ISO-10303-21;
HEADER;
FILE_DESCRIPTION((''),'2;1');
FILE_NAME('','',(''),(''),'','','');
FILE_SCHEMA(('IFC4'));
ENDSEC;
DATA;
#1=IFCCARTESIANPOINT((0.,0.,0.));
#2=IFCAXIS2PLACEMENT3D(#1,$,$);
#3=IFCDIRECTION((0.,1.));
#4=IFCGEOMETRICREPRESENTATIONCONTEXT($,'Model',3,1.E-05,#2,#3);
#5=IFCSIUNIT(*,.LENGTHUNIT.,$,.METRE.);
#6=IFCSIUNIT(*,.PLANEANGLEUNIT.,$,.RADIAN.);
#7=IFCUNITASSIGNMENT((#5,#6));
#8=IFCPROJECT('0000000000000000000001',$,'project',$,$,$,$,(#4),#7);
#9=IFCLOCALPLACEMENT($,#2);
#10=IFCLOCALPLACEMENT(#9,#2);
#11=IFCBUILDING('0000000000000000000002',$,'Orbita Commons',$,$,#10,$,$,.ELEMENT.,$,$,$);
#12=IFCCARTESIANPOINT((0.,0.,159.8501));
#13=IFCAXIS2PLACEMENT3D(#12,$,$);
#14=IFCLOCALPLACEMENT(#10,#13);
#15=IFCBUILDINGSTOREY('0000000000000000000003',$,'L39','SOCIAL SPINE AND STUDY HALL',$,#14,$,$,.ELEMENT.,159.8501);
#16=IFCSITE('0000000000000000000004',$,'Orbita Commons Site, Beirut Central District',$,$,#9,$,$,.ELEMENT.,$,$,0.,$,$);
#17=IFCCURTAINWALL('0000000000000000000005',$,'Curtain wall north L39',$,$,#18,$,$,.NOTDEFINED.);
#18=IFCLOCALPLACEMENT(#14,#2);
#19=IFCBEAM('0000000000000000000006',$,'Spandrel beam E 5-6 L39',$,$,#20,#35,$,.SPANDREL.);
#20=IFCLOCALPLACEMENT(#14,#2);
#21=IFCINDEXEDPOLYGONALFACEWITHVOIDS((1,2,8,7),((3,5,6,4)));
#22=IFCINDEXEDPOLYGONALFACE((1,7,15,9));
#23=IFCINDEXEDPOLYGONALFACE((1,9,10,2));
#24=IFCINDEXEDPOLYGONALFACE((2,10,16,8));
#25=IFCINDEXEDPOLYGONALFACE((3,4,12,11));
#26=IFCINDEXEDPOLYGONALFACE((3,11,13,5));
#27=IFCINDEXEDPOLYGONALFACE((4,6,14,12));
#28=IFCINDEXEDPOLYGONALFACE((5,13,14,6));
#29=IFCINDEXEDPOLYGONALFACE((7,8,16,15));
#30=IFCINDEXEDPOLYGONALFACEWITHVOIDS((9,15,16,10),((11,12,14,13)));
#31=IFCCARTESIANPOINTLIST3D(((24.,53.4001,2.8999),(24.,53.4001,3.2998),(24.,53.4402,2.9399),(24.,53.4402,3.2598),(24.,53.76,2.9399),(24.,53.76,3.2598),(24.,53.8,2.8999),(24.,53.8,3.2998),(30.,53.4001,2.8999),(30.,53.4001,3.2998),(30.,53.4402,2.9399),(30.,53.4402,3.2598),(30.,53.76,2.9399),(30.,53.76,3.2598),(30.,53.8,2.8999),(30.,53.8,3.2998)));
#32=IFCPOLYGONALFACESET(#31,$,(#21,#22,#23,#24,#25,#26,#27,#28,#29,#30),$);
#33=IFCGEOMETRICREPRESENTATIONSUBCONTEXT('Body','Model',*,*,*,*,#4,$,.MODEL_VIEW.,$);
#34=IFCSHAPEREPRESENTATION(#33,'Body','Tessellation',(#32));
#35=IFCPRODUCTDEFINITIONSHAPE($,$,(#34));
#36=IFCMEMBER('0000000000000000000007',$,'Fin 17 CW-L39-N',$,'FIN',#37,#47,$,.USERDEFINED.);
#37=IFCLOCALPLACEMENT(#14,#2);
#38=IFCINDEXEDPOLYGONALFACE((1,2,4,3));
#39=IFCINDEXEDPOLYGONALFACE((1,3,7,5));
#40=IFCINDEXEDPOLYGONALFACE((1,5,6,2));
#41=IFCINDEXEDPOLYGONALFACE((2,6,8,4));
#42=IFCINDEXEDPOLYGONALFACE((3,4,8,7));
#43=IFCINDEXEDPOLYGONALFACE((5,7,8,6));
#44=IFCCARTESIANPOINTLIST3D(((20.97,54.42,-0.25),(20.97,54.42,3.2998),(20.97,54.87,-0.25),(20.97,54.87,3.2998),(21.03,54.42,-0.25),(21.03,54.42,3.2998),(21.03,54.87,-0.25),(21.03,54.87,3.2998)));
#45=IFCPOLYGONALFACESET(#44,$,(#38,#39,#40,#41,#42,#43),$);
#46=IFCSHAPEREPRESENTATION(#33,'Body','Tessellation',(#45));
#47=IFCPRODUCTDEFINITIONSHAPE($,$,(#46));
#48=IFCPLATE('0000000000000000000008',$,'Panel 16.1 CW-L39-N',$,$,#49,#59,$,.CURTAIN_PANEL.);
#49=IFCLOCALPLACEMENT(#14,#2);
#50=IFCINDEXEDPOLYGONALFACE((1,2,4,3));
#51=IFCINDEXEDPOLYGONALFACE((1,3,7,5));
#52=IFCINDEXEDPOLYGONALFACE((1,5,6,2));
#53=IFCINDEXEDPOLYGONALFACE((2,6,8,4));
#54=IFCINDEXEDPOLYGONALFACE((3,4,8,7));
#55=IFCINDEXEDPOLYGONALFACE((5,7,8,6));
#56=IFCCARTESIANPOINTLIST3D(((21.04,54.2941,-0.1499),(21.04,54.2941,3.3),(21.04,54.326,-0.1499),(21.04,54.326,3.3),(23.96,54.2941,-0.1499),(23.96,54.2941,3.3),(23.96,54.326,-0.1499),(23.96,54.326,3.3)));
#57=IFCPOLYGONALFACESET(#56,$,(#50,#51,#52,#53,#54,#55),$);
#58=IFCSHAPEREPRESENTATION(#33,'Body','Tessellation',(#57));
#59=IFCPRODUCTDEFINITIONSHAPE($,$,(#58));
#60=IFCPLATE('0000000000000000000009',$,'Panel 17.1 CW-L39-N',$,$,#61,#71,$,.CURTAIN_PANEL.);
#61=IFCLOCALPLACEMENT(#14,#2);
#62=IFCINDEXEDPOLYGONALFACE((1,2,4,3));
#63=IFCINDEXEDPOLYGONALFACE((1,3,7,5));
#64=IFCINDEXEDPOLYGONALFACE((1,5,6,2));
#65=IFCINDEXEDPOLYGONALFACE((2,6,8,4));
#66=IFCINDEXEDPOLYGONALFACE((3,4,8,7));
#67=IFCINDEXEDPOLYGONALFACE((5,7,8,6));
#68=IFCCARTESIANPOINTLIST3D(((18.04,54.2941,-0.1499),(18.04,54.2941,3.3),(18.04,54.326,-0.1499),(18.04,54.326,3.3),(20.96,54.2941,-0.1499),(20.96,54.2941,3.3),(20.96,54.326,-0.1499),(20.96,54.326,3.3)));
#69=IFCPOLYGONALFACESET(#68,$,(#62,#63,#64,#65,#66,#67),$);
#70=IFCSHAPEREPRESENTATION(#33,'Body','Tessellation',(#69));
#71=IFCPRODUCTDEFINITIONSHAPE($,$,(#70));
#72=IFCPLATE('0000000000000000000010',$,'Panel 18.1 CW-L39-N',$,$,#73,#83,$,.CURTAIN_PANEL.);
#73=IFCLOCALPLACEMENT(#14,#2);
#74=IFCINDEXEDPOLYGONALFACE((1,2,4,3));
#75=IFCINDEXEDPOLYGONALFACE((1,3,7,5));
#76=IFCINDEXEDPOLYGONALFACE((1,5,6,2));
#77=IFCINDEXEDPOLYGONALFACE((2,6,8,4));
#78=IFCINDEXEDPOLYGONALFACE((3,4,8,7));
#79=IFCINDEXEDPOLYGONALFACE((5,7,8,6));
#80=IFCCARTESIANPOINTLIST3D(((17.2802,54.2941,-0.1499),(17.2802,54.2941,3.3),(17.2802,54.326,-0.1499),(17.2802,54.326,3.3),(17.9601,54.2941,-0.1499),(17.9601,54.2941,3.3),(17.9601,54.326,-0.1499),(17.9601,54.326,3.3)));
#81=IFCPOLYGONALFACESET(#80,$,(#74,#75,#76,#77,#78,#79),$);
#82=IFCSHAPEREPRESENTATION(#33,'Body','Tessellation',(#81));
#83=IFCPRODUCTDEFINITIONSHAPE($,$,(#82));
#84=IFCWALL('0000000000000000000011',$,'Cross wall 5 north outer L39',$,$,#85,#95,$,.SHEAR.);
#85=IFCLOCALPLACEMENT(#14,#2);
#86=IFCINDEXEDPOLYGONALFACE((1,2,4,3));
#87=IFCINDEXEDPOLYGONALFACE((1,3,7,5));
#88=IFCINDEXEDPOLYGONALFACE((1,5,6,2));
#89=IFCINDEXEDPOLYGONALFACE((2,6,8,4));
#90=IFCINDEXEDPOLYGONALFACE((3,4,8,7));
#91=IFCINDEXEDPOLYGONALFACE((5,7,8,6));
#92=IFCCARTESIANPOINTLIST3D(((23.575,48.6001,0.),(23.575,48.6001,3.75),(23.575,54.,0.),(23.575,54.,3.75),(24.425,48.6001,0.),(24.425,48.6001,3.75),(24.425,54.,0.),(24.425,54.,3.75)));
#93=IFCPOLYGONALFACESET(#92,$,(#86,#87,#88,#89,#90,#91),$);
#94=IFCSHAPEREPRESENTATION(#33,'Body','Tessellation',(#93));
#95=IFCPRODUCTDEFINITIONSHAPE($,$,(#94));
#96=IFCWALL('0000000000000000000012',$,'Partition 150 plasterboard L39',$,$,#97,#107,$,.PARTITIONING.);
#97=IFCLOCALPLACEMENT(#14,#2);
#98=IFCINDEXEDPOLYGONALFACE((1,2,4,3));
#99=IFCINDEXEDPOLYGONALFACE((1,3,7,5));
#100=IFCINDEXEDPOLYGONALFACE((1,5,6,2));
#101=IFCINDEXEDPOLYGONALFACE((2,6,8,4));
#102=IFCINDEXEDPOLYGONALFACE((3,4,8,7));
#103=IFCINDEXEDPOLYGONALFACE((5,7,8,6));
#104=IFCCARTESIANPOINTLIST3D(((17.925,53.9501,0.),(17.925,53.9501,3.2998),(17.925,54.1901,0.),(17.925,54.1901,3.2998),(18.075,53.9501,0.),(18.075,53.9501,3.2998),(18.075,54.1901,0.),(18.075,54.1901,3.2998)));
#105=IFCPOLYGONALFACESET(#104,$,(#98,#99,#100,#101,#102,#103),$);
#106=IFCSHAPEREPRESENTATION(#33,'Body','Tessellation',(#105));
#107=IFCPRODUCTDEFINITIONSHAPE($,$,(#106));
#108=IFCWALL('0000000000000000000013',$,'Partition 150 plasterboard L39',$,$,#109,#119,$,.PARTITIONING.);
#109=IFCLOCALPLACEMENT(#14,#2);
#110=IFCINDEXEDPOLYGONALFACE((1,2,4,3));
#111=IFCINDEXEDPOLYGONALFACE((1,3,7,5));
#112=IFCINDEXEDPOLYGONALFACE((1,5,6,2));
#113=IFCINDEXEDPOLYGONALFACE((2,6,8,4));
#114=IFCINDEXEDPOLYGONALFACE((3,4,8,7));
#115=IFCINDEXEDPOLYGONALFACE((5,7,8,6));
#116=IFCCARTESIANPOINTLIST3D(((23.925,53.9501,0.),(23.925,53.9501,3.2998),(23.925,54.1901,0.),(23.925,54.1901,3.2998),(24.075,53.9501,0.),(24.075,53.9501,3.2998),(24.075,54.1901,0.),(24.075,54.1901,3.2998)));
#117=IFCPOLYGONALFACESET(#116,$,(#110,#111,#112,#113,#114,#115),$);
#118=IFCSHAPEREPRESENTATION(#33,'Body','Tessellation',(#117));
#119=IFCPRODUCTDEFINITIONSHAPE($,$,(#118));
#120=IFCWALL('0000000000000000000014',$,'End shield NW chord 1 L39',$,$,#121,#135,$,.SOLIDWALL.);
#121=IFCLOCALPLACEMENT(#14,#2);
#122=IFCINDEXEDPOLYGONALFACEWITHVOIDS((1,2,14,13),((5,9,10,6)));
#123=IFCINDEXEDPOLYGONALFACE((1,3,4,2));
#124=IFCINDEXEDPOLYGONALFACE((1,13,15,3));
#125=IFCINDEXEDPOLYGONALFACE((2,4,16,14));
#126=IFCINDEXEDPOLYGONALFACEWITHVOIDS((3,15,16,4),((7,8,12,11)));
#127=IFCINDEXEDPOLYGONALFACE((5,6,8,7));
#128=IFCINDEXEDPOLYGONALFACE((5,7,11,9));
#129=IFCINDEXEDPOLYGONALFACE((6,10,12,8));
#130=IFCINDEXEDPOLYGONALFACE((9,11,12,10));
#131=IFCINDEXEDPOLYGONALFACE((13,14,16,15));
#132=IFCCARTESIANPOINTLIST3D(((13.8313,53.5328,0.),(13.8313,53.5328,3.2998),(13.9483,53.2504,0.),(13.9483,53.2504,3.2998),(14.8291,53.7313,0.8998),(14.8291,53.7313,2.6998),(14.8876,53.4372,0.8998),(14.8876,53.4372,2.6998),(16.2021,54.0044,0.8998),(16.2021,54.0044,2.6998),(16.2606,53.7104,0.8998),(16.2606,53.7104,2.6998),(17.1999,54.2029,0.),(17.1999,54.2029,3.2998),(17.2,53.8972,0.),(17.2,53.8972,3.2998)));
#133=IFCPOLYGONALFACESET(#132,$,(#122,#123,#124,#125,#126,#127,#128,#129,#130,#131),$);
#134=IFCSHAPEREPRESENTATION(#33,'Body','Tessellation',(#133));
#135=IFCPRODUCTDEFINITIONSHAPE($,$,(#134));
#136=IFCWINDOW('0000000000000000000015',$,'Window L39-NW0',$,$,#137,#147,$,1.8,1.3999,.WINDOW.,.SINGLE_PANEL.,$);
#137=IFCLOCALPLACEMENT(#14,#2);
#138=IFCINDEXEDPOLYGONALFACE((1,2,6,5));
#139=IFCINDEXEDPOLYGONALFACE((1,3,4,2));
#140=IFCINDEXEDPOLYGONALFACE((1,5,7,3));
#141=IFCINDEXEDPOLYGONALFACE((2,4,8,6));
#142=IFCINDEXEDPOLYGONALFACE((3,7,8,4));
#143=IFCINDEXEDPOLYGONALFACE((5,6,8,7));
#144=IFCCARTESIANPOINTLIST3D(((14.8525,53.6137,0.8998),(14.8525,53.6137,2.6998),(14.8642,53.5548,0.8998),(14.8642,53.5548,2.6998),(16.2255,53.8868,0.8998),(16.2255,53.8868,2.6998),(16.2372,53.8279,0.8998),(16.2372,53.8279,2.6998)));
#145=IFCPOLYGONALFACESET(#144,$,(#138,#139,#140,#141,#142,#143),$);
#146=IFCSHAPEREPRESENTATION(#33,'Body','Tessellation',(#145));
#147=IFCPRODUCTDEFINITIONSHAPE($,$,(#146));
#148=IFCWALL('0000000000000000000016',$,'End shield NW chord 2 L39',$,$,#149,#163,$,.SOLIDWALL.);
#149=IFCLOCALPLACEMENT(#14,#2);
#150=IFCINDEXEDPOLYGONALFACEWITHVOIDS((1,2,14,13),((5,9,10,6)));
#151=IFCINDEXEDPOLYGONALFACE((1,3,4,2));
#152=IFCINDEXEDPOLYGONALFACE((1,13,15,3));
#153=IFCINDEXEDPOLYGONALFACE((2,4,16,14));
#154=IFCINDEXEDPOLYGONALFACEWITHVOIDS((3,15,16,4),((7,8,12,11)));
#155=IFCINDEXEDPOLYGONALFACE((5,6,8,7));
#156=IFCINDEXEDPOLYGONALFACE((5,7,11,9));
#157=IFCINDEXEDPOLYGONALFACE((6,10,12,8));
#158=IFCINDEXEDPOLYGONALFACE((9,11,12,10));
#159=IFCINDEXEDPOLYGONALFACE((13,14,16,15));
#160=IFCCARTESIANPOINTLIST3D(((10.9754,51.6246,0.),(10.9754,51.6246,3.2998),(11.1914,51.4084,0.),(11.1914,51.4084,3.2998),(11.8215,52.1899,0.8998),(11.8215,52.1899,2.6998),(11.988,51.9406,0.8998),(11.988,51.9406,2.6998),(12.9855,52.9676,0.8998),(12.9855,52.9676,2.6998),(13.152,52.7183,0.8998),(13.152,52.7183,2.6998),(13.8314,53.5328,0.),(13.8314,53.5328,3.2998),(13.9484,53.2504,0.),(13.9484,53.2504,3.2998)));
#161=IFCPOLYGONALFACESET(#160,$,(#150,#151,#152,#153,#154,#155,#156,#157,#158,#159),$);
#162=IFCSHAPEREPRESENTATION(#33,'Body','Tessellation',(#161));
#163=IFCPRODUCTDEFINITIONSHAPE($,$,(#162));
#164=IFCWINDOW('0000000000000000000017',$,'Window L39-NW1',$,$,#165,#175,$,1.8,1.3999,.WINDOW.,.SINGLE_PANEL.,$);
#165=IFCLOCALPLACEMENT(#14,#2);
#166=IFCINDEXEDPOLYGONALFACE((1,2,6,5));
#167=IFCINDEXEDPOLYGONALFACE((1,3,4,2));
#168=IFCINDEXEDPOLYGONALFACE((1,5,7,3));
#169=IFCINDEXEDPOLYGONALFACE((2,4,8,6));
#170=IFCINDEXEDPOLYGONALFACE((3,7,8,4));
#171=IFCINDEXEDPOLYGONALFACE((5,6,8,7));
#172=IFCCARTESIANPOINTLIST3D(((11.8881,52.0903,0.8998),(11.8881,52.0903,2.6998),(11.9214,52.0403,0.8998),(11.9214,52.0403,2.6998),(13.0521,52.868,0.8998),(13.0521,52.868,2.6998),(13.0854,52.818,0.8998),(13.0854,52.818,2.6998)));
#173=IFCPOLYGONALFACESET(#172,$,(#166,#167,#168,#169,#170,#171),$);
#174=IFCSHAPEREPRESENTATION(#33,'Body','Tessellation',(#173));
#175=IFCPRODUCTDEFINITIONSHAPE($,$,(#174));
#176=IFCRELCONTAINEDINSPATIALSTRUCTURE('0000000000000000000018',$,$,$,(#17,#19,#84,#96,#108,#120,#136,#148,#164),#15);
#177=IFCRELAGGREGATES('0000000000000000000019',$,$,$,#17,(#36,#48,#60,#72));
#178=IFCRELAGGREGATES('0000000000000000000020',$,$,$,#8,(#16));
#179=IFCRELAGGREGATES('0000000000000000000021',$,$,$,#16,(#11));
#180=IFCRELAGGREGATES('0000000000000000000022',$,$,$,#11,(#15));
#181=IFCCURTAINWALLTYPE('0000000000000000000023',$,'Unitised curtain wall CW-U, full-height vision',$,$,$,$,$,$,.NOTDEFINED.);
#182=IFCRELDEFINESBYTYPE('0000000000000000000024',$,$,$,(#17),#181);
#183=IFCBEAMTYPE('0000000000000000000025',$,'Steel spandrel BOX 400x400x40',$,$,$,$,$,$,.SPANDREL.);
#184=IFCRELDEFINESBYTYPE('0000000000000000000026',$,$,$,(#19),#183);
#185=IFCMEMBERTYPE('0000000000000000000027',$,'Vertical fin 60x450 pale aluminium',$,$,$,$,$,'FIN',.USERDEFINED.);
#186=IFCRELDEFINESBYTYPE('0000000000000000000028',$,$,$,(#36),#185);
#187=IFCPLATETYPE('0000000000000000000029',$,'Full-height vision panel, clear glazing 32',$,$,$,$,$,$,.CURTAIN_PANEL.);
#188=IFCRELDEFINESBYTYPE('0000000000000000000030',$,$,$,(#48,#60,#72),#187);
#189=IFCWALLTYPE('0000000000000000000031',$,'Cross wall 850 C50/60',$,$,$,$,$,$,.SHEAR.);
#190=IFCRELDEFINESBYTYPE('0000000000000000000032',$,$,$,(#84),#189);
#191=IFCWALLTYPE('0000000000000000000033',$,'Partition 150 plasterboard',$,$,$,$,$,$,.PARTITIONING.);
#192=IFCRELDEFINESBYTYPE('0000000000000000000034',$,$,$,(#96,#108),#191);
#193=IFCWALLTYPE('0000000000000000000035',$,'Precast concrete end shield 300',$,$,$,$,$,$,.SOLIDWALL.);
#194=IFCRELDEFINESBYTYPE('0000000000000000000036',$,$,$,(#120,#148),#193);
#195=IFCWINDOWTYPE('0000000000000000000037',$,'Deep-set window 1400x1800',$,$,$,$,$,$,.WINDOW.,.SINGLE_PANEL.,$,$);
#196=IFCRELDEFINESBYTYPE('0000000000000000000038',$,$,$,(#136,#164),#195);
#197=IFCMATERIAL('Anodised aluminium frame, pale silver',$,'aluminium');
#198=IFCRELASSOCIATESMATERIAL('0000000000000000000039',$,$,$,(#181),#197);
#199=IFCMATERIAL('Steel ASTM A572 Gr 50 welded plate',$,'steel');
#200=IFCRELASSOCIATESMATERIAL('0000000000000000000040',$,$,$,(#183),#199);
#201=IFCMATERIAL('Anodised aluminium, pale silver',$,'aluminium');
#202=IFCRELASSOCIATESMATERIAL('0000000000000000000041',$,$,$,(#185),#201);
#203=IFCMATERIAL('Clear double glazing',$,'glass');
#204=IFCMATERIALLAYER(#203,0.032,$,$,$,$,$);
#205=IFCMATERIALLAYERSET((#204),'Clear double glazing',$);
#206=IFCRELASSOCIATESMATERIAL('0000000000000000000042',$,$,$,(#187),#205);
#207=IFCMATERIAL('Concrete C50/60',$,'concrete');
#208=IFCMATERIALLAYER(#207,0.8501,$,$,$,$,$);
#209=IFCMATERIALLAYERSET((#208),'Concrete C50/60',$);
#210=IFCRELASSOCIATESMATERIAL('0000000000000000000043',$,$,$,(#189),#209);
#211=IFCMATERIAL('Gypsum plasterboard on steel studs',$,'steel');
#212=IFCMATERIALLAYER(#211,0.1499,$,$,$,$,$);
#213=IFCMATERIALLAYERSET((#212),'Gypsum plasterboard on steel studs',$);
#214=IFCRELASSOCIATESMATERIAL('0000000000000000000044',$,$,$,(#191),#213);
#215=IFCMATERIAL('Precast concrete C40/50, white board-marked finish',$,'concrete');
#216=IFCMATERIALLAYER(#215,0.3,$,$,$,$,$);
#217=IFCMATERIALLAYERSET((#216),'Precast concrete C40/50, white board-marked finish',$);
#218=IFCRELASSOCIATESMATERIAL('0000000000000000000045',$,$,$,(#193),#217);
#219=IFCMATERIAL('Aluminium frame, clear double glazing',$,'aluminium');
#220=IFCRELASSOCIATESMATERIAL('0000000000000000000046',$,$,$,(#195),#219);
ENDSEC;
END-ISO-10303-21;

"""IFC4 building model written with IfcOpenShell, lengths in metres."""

from ifc_helpers import new_model, si_unit, direction, frame, frame_2d, origin, origin_2d, place, context, subcontext, project, spatial, polyline, rectangle, hollow_rectangle, outline, extrude, material, layer, layer_set, material_profile, profile_set, type_object, element, fill, aggregate, save


model = new_model("IFC4")

# Units and contexts
model_context = context("Model", 3, precision=1e-05, world=origin(), true_north=direction((0.0, 1.0)))
body_context = subcontext(model_context, "Body", "Model", "MODEL_VIEW")
ifc_project = project(units=[si_unit("LENGTHUNIT", "METRE"), si_unit("PLANEANGLEUNIT", "RADIAN")], contexts=[model_context])

# Site, building, storey
site_placement = place(None, origin())
site = spatial("IfcSite", under=ifc_project, at=site_placement, Name="Orbita Commons Site, Beirut Central District", CompositionType="ELEMENT", RefElevation=0.0)
building_placement = place(site_placement, origin())
building = spatial("IfcBuilding", under=site, at=building_placement, Name="Orbita Commons", CompositionType="ELEMENT")
storey_placement = place(building_placement, frame((0.0, 0.0, 159.8501)))
storey = spatial("IfcBuildingStorey", under=building, at=storey_placement, Name="L39", Description="SOCIAL SPINE AND STUDY HALL", CompositionType="ELEMENT", Elevation=159.8501)

# Curtain wall
ifc_material_1 = material(Name="Anodised aluminium frame, pale silver", Category="aluminium")
curtain_wall_type = type_object("IfcCurtainWallType", Name="Unitised curtain wall CW-U, full-height vision", PredefinedType="NOTDEFINED", material=ifc_material_1)
curtain_wall_placement = place(storey_placement, origin())
curtain_wall = element("IfcCurtainWall", 1, at=curtain_wall_placement, inside=storey, type_object=curtain_wall_type, Name="Curtain wall north L39", PredefinedType="NOTDEFINED")

# Beam
ifc_material_2 = material(Name="Steel ASTM A572 Gr 50 welded plate", Category="steel")
ifc_material_profile_1 = material_profile(ifc_material_2, hollow_rectangle(XDim=0.3999, YDim=0.3999, WallThickness=0.04, at=origin_2d()), Name="BOX 400x400x40")
ifc_profile_set_1 = profile_set([ifc_material_profile_1], Name="Steel ASTM A572 Gr 50 welded plate")
beam_type_1 = type_object("IfcBeamType", Name="Steel spandrel BOX 400x400x40", PredefinedType="SPANDREL", material=ifc_profile_set_1)
for number, where, z_axis, x_axis, name in (
    (2, (24.0, 53.6001, 3.0999), (1.0, 0.0, 0.0), (0.0, 1.0, 0.0), "Spandrel beam E 5-6 L39"),
):
    element("IfcBeam", number, at=place(storey_placement, frame(where, z_axis=z_axis, x_axis=x_axis)), inside=storey, type_object=beam_type_1, Name=name, PredefinedType="SPANDREL", context=body_context, shape_type="SweptSolid", body=[
        extrude(hollow_rectangle(XDim=0.3999, YDim=0.3999, WallThickness=0.04, at=origin_2d()), origin(), (0.0, 0.0, 1.0), 6.0),
    ])

# Member
ifc_material_3 = material(Name="Anodised aluminium, pale silver", Category="aluminium")
ifc_material_profile_2 = material_profile(ifc_material_3, rectangle(XDim=0.0601, YDim=0.45, at=origin_2d()), Name="FIN 60x450")
ifc_profile_set_2 = profile_set([ifc_material_profile_2], Name="Anodised aluminium, pale silver")
member_type_1 = type_object("IfcMemberType", Name="Vertical fin 60x450 pale aluminium", ElementType="FIN", PredefinedType="USERDEFINED", material=ifc_profile_set_2)
member_1_placement = place(storey_placement, frame((21.0, 54.645, -0.25), z_axis=(0.0, 0.0, 1.0), x_axis=(-1.0, 0.0, 0.0)))
member_1 = element("IfcMember", 3, at=member_1_placement, type_object=member_type_1, Name="Fin 17 CW-L39-N", ObjectType="FIN", PredefinedType="USERDEFINED", context=body_context, shape_type="SweptSolid", body=[
    extrude(rectangle(XDim=0.0601, YDim=0.45, at=origin_2d()), origin(), (0.0, 0.0, 1.0), 3.5498),
])

# Plates
ifc_material_4 = material(Name="Clear double glazing", Category="glass")
ifc_layer_1 = layer(ifc_material_4, 0.032)
ifc_layer_set_1 = layer_set([ifc_layer_1], Name="Clear double glazing")
plate_type = type_object("IfcPlateType", Name="Full-height vision panel, clear glazing 32", PredefinedType="CURTAIN_PANEL", material=ifc_layer_set_1)
plate_1_placement = place(storey_placement, frame((22.5, 54.3101, -0.1499), z_axis=(0.0, 0.0, 1.0), x_axis=(-1.0, 0.0, 0.0)))
plate_1 = element("IfcPlate", 4, at=plate_1_placement, type_object=plate_type, Name="Panel 16.1 CW-L39-N", PredefinedType="CURTAIN_PANEL", context=body_context, shape_type="SweptSolid", body=[
    extrude(rectangle(XDim=2.9199, YDim=0.032, at=origin_2d()), origin(), (0.0, 0.0, 1.0), 3.45),
])
plate_2_placement = place(storey_placement, frame((19.5, 54.3101, -0.1499), z_axis=(0.0, 0.0, 1.0), x_axis=(-1.0, 0.0, 0.0)))
plate_2 = element("IfcPlate", 5, at=plate_2_placement, type_object=plate_type, Name="Panel 17.1 CW-L39-N", PredefinedType="CURTAIN_PANEL", context=body_context, shape_type="SweptSolid", body=[
    extrude(rectangle(XDim=2.9199, YDim=0.032, at=origin_2d()), origin(), (0.0, 0.0, 1.0), 3.45),
])
plate_3_placement = place(storey_placement, frame((17.6201, 54.3101, -0.1499), z_axis=(0.0, 0.0, 1.0), x_axis=(-1.0, 0.0, 0.0)))
plate_3 = element("IfcPlate", 6, at=plate_3_placement, type_object=plate_type, Name="Panel 18.1 CW-L39-N", PredefinedType="CURTAIN_PANEL", context=body_context, shape_type="SweptSolid", body=[
    extrude(rectangle(XDim=0.6799, YDim=0.032, at=origin_2d()), origin(), (0.0, 0.0, 1.0), 3.45),
])
aggregate(curtain_wall, [member_1, plate_1, plate_2, plate_3])

# Walls
ifc_material_5 = material(Name="Concrete C50/60", Category="concrete")
ifc_layer_2 = layer(ifc_material_5, 0.8501)
ifc_layer_set_2 = layer_set([ifc_layer_2], Name="Concrete C50/60")
wall_type_1 = type_object("IfcWallType", Name="Cross wall 850 C50/60", PredefinedType="SHEAR", material=ifc_layer_set_2)
wall_1_placement = place(storey_placement, frame((24.0, 48.6001, 0.0), z_axis=(0.0, 0.0, 1.0), x_axis=(0.0, 1.0, 0.0)))
element("IfcWall", 7, at=wall_1_placement, inside=storey, type_object=wall_type_1, Name="Cross wall 5 north outer L39", PredefinedType="SHEAR", context=body_context, shape_type="SweptSolid", body=[
    extrude(rectangle(XDim=5.3999, YDim=0.8501, at=frame_2d((2.7, 0.0))), origin(), (0.0, 0.0, 1.0), 3.75),
])
ifc_material_6 = material(Name="Gypsum plasterboard on steel studs", Category="steel")
ifc_layer_3 = layer(ifc_material_6, 0.1499)
ifc_layer_set_3 = layer_set([ifc_layer_3], Name="Gypsum plasterboard on steel studs")
wall_type_2 = type_object("IfcWallType", Name="Partition 150 plasterboard", PredefinedType="PARTITIONING", material=ifc_layer_set_3)
for number, where, z_axis, x_axis, name in (
    (8, (18.0, 53.95, 0.0), (0.0, 0.0, 1.0), (0.0, 1.0, 0.0), "Partition 150 plasterboard L39"),
    (9, (24.0, 53.95, 0.0), (0.0, 0.0, 1.0), (0.0, 1.0, 0.0), "Partition 150 plasterboard L39"),
):
    element("IfcWall", number, at=place(storey_placement, frame(where, z_axis=z_axis, x_axis=x_axis)), inside=storey, type_object=wall_type_2, Name=name, PredefinedType="PARTITIONING", context=body_context, shape_type="SweptSolid", body=[
        extrude(rectangle(XDim=0.24, YDim=0.1499, at=frame_2d((0.1201, 0.0))), origin(), (0.0, 0.0, 1.0), 3.2998),
    ])

# Walls, openings, windows
ifc_material_7 = material(Name="Precast concrete C40/50, white board-marked finish", Category="concrete")
ifc_layer_4 = layer(ifc_material_7, 0.3)
ifc_layer_set_4 = layer_set([ifc_layer_4], Name="Precast concrete C40/50, white board-marked finish")
wall_type_3 = type_object("IfcWallType", Name="Precast concrete end shield 300", PredefinedType="SOLIDWALL", material=ifc_layer_set_4)
wall_2_placement = place(storey_placement, frame((17.2, 54.05, 0.0), z_axis=(0.0, 0.0, 1.0), x_axis=(-0.980783, -0.1951, 0.0)))
wall_2 = element("IfcWall", 10, at=wall_2_placement, inside=storey, type_object=wall_type_3, Name="End shield NW chord 1 L39", PredefinedType="SOLIDWALL", context=body_context, shape_type="SweptSolid", body=[
    extrude(outline(polyline([(-0.0298, -0.1499), (3.4048, -0.1499), (3.3452, 0.1499), (0.0298, 0.1499), (-0.0298, -0.1499)])), origin(), (0.0, 0.0, 1.0), 3.2998),
])
opening_1_placement = place(wall_2_placement, frame((0.9875, 0.0, 0.8999)))
opening_1 = element("IfcOpeningElement", 11, at=opening_1_placement, cuts=wall_2, PredefinedType="OPENING", context=body_context, shape_type="SweptSolid", body=[
    extrude(rectangle(XDim=1.3999, YDim=1.8, at=frame_2d((0.7, 0.8999))), frame((0.0, 0.1599, 0.0), z_axis=(0.0, -1.0, 0.0), x_axis=(1.0, 0.0, 0.0)), (0.0, 0.0, 1.0), 0.3201),
])
ifc_material_8 = material(Name="Aluminium frame, clear double glazing", Category="aluminium")
window_type = type_object("IfcWindowType", Name="Deep-set window 1400x1800", PartitioningType="SINGLE_PANEL", PredefinedType="WINDOW", material=ifc_material_8)
window_1_placement = place(opening_1_placement, origin())
window_1 = element("IfcWindow", 12, at=window_1_placement, inside=storey, type_object=window_type, Name="Window L39-NW0", OverallHeight=1.8, OverallWidth=1.3999, PartitioningType="SINGLE_PANEL", PredefinedType="WINDOW", context=body_context, shape_type="SweptSolid", body=[
    extrude(rectangle(XDim=1.3999, YDim=1.8, at=frame_2d((0.7, 0.8999))), frame((0.0, 0.03, 0.0), z_axis=(0.0, -1.0, 0.0), x_axis=(1.0, 0.0, 0.0)), (0.0, 0.0, 1.0), 0.0601),
])
fill(opening_1, window_1)
wall_3_placement = place(storey_placement, frame((13.8899, 53.3916, 0.0), z_axis=(0.0, 0.0, 1.0), x_axis=(-0.831493, -0.555535, 0.0)))
wall_3 = element("IfcWall", 13, at=wall_3_placement, inside=storey, type_object=wall_type_3, Name="End shield NW chord 2 L39", PredefinedType="SOLIDWALL", context=body_context, shape_type="SweptSolid", body=[
    extrude(outline(polyline([(-0.0298, -0.1499), (3.405, -0.1499), (3.3455, 0.1499), (0.0298, 0.1499), (-0.0298, -0.1499)])), origin(), (0.0, 0.0, 1.0), 3.2998),
])
opening_2_placement = place(wall_3_placement, frame((0.9875, 0.0, 0.8999)))
opening_2 = element("IfcOpeningElement", 14, at=opening_2_placement, cuts=wall_3, PredefinedType="OPENING", context=body_context, shape_type="SweptSolid", body=[
    extrude(rectangle(XDim=1.3999, YDim=1.8, at=frame_2d((0.7, 0.8999))), frame((0.0, 0.1599, 0.0), z_axis=(0.0, -1.0, 0.0), x_axis=(1.0, 0.0, 0.0)), (0.0, 0.0, 1.0), 0.3201),
])
window_2_placement = place(opening_2_placement, origin())
window_2 = element("IfcWindow", 15, at=window_2_placement, inside=storey, type_object=window_type, Name="Window L39-NW1", OverallHeight=1.8, OverallWidth=1.3999, PartitioningType="SINGLE_PANEL", PredefinedType="WINDOW", context=body_context, shape_type="SweptSolid", body=[
    extrude(rectangle(XDim=1.3999, YDim=1.8, at=frame_2d((0.7, 0.8999))), frame((0.0, 0.03, 0.0), z_axis=(0.0, -1.0, 0.0), x_axis=(1.0, 0.0, 0.0)), (0.0, 0.0, 1.0), 0.0601),
])
fill(opening_2, window_2)

save(model, "model.ifc")
